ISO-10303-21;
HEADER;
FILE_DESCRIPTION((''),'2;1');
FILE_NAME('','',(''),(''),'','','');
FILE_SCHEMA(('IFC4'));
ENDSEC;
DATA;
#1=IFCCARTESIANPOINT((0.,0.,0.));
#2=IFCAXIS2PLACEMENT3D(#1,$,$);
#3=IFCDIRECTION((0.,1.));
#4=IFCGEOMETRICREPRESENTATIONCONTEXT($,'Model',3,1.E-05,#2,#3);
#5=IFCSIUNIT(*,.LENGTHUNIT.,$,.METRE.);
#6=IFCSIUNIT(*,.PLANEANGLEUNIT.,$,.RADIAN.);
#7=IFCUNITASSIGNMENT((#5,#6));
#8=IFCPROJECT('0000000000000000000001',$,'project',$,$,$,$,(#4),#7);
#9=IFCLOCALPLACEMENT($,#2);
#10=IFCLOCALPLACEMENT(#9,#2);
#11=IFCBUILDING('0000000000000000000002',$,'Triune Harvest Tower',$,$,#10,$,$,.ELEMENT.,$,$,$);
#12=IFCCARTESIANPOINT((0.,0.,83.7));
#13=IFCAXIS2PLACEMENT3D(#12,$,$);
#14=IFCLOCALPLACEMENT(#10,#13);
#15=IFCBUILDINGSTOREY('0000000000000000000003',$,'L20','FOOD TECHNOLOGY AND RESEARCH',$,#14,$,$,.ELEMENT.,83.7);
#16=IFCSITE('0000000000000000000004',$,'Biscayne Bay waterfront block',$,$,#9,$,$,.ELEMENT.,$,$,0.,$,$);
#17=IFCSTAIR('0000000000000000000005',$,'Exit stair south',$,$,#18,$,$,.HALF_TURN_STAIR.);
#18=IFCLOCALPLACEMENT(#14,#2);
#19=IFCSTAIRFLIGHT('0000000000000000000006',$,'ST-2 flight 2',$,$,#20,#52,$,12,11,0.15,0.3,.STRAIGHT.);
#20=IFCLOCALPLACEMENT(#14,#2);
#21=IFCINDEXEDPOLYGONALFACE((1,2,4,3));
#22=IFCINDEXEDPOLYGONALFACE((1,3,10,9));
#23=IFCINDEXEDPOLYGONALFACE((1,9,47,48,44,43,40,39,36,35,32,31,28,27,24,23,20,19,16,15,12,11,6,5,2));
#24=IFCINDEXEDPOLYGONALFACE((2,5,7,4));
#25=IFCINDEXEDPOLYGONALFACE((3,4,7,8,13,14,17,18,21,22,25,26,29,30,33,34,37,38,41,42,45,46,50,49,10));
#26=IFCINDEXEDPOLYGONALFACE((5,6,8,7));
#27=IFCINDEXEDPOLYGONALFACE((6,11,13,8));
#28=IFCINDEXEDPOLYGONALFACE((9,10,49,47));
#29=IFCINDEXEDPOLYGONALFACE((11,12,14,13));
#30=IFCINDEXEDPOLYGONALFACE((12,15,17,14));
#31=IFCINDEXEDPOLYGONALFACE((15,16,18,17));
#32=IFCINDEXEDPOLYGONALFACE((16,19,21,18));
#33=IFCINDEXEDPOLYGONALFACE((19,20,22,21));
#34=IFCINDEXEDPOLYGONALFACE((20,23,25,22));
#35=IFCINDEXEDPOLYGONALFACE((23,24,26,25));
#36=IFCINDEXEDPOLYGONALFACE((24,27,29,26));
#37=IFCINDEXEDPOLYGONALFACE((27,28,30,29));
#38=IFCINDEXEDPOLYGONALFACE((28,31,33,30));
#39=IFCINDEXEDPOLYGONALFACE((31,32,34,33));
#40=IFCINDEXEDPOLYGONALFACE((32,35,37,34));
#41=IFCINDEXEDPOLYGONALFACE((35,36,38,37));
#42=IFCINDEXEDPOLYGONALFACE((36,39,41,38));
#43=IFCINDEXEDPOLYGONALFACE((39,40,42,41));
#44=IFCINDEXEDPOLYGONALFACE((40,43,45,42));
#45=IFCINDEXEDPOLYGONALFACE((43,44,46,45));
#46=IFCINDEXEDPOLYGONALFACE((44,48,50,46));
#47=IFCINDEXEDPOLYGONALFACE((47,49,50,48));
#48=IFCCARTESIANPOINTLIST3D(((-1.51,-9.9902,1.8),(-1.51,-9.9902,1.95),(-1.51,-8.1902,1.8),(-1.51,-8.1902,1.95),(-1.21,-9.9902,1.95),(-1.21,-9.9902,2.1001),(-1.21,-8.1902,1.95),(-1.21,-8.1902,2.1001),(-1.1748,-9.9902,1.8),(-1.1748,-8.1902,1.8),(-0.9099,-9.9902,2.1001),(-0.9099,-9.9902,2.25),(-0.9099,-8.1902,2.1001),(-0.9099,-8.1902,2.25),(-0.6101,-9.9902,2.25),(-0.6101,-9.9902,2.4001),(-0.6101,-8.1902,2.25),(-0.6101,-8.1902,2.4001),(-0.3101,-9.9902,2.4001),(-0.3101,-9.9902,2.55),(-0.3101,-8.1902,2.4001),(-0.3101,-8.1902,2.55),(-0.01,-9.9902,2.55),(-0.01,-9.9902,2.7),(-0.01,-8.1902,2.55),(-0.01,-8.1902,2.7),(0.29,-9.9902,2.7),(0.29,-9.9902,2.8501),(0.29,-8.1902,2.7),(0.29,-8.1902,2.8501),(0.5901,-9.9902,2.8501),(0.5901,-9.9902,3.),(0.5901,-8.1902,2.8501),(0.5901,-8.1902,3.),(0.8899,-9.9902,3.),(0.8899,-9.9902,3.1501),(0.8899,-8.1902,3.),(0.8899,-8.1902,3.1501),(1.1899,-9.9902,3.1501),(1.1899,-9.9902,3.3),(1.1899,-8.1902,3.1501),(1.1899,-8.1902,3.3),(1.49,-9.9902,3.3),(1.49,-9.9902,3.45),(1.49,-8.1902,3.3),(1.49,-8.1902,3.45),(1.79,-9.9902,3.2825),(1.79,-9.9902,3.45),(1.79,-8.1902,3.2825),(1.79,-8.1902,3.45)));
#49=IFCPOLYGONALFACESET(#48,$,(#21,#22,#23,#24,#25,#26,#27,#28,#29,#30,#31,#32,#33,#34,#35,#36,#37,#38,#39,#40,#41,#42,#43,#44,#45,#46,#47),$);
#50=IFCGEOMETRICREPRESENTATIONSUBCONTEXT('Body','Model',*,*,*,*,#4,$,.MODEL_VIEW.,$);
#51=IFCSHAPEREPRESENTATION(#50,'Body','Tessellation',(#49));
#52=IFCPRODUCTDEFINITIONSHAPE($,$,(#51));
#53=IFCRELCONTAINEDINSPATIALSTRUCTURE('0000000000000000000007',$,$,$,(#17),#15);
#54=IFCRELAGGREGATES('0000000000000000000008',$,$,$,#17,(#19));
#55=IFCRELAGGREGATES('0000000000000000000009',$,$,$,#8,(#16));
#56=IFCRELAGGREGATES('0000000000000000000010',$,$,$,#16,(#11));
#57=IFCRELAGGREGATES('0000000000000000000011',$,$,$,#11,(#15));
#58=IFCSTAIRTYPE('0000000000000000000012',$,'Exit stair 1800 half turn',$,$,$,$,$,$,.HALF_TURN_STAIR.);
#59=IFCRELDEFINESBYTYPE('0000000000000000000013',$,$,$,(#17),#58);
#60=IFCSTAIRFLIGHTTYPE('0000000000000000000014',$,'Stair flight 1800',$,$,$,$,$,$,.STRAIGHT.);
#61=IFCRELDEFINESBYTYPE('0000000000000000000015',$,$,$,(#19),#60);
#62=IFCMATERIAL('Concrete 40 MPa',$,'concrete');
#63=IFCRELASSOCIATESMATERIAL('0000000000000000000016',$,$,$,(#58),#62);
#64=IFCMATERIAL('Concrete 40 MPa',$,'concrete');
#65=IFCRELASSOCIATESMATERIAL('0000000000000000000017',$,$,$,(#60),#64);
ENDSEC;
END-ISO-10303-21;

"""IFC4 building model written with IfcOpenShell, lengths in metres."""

from ifc_helpers import new_model, si_unit, direction, frame, origin, place, context, subcontext, project, spatial, polyline, outline, extrude, source, transform, mapped, material, type_object, element, aggregate, save


model = new_model("IFC4")

# Units and contexts
model_context = context("Model", 3, precision=1e-05, world=origin(), true_north=direction((0.0, 1.0)))
body_context = subcontext(model_context, "Body", "Model", "MODEL_VIEW")
ifc_project = project(units=[si_unit("LENGTHUNIT", "METRE"), si_unit("PLANEANGLEUNIT", "RADIAN")], contexts=[model_context])

# Site, building, storey
site_placement = place(None, origin())
site = spatial("IfcSite", under=ifc_project, at=site_placement, Name="Biscayne Bay waterfront block", CompositionType="ELEMENT", RefElevation=0.0)
building_placement = place(site_placement, origin())
building = spatial("IfcBuilding", under=site, at=building_placement, Name="Triune Harvest Tower", CompositionType="ELEMENT")
storey_placement = place(building_placement, frame((0.0, 0.0, 83.7)))
storey = spatial("IfcBuildingStorey", under=building, at=storey_placement, Name="L20", Description="FOOD TECHNOLOGY AND RESEARCH", CompositionType="ELEMENT", Elevation=83.7)

# Stair, stair flight
ifc_material_1 = material(Name="Concrete 40 MPa", Category="concrete")
stair_type = type_object("IfcStairType", Name="Exit stair 1800 half turn", PredefinedType="HALF_TURN_STAIR", material=ifc_material_1)
stair_placement = place(storey_placement, origin())
stair = element("IfcStair", 1, at=stair_placement, inside=storey, type_object=stair_type, Name="Exit stair south", PredefinedType="HALF_TURN_STAIR")
ifc_material_2 = material(Name="Concrete 40 MPa", Category="concrete")
stair_flight_type = type_object("IfcStairFlightType", Name="Stair flight 1800", PredefinedType="STRAIGHT", material=ifc_material_2)
shared_shape_1 = source(origin(), body_context, "Body", "SweptSolid", [
    extrude(outline(polyline([(0.0, 0.0), (0.0, 0.1499), (0.3, 0.1499), (0.3, 0.3), (0.6001, 0.3), (0.6001, 0.45), (0.8999, 0.45), (0.8999, 0.6001), (1.2, 0.6001), (1.2, 0.75), (1.5, 0.75), (1.5, 0.8999), (1.8, 0.8999), (1.8, 1.05), (2.1001, 1.05), (2.1001, 1.2), (2.3999, 1.2), (2.3999, 1.3501), (2.7, 1.3501), (2.7, 1.5), (3.0, 1.5), (3.0, 1.6499), (3.3, 1.6499), (3.3, 1.8), (3.3, 1.4824), (0.3352, 0.0), (0.0, 0.0)])), frame((0.0, 0.8999, 0.0), z_axis=(0.0, -1.0, 0.0), x_axis=(1.0, 0.0, 0.0)), (0.0, 0.0, 1.0), 1.8),
])
stair_flight_placement = place(storey_placement, frame((-1.51, -9.0901, 1.8), z_axis=(0.0, 0.0, 1.0), x_axis=(1.0, 0.0, 0.0)))
stair_flight = element("IfcStairFlight", 2, at=stair_flight_placement, type_object=stair_flight_type, Name="ST-2 flight 2", NumberOfRisers=12, NumberOfTreads=11, PredefinedType="STRAIGHT", RiserHeight=0.15, TreadLength=0.3, context=body_context, shape_type="MappedRepresentation", body=[
    mapped(shared_shape_1, transform((0.0, 0.0, 0.0), scale=1.0)),
])
aggregate(stair, [stair_flight])

save(model, "model.ifc")
